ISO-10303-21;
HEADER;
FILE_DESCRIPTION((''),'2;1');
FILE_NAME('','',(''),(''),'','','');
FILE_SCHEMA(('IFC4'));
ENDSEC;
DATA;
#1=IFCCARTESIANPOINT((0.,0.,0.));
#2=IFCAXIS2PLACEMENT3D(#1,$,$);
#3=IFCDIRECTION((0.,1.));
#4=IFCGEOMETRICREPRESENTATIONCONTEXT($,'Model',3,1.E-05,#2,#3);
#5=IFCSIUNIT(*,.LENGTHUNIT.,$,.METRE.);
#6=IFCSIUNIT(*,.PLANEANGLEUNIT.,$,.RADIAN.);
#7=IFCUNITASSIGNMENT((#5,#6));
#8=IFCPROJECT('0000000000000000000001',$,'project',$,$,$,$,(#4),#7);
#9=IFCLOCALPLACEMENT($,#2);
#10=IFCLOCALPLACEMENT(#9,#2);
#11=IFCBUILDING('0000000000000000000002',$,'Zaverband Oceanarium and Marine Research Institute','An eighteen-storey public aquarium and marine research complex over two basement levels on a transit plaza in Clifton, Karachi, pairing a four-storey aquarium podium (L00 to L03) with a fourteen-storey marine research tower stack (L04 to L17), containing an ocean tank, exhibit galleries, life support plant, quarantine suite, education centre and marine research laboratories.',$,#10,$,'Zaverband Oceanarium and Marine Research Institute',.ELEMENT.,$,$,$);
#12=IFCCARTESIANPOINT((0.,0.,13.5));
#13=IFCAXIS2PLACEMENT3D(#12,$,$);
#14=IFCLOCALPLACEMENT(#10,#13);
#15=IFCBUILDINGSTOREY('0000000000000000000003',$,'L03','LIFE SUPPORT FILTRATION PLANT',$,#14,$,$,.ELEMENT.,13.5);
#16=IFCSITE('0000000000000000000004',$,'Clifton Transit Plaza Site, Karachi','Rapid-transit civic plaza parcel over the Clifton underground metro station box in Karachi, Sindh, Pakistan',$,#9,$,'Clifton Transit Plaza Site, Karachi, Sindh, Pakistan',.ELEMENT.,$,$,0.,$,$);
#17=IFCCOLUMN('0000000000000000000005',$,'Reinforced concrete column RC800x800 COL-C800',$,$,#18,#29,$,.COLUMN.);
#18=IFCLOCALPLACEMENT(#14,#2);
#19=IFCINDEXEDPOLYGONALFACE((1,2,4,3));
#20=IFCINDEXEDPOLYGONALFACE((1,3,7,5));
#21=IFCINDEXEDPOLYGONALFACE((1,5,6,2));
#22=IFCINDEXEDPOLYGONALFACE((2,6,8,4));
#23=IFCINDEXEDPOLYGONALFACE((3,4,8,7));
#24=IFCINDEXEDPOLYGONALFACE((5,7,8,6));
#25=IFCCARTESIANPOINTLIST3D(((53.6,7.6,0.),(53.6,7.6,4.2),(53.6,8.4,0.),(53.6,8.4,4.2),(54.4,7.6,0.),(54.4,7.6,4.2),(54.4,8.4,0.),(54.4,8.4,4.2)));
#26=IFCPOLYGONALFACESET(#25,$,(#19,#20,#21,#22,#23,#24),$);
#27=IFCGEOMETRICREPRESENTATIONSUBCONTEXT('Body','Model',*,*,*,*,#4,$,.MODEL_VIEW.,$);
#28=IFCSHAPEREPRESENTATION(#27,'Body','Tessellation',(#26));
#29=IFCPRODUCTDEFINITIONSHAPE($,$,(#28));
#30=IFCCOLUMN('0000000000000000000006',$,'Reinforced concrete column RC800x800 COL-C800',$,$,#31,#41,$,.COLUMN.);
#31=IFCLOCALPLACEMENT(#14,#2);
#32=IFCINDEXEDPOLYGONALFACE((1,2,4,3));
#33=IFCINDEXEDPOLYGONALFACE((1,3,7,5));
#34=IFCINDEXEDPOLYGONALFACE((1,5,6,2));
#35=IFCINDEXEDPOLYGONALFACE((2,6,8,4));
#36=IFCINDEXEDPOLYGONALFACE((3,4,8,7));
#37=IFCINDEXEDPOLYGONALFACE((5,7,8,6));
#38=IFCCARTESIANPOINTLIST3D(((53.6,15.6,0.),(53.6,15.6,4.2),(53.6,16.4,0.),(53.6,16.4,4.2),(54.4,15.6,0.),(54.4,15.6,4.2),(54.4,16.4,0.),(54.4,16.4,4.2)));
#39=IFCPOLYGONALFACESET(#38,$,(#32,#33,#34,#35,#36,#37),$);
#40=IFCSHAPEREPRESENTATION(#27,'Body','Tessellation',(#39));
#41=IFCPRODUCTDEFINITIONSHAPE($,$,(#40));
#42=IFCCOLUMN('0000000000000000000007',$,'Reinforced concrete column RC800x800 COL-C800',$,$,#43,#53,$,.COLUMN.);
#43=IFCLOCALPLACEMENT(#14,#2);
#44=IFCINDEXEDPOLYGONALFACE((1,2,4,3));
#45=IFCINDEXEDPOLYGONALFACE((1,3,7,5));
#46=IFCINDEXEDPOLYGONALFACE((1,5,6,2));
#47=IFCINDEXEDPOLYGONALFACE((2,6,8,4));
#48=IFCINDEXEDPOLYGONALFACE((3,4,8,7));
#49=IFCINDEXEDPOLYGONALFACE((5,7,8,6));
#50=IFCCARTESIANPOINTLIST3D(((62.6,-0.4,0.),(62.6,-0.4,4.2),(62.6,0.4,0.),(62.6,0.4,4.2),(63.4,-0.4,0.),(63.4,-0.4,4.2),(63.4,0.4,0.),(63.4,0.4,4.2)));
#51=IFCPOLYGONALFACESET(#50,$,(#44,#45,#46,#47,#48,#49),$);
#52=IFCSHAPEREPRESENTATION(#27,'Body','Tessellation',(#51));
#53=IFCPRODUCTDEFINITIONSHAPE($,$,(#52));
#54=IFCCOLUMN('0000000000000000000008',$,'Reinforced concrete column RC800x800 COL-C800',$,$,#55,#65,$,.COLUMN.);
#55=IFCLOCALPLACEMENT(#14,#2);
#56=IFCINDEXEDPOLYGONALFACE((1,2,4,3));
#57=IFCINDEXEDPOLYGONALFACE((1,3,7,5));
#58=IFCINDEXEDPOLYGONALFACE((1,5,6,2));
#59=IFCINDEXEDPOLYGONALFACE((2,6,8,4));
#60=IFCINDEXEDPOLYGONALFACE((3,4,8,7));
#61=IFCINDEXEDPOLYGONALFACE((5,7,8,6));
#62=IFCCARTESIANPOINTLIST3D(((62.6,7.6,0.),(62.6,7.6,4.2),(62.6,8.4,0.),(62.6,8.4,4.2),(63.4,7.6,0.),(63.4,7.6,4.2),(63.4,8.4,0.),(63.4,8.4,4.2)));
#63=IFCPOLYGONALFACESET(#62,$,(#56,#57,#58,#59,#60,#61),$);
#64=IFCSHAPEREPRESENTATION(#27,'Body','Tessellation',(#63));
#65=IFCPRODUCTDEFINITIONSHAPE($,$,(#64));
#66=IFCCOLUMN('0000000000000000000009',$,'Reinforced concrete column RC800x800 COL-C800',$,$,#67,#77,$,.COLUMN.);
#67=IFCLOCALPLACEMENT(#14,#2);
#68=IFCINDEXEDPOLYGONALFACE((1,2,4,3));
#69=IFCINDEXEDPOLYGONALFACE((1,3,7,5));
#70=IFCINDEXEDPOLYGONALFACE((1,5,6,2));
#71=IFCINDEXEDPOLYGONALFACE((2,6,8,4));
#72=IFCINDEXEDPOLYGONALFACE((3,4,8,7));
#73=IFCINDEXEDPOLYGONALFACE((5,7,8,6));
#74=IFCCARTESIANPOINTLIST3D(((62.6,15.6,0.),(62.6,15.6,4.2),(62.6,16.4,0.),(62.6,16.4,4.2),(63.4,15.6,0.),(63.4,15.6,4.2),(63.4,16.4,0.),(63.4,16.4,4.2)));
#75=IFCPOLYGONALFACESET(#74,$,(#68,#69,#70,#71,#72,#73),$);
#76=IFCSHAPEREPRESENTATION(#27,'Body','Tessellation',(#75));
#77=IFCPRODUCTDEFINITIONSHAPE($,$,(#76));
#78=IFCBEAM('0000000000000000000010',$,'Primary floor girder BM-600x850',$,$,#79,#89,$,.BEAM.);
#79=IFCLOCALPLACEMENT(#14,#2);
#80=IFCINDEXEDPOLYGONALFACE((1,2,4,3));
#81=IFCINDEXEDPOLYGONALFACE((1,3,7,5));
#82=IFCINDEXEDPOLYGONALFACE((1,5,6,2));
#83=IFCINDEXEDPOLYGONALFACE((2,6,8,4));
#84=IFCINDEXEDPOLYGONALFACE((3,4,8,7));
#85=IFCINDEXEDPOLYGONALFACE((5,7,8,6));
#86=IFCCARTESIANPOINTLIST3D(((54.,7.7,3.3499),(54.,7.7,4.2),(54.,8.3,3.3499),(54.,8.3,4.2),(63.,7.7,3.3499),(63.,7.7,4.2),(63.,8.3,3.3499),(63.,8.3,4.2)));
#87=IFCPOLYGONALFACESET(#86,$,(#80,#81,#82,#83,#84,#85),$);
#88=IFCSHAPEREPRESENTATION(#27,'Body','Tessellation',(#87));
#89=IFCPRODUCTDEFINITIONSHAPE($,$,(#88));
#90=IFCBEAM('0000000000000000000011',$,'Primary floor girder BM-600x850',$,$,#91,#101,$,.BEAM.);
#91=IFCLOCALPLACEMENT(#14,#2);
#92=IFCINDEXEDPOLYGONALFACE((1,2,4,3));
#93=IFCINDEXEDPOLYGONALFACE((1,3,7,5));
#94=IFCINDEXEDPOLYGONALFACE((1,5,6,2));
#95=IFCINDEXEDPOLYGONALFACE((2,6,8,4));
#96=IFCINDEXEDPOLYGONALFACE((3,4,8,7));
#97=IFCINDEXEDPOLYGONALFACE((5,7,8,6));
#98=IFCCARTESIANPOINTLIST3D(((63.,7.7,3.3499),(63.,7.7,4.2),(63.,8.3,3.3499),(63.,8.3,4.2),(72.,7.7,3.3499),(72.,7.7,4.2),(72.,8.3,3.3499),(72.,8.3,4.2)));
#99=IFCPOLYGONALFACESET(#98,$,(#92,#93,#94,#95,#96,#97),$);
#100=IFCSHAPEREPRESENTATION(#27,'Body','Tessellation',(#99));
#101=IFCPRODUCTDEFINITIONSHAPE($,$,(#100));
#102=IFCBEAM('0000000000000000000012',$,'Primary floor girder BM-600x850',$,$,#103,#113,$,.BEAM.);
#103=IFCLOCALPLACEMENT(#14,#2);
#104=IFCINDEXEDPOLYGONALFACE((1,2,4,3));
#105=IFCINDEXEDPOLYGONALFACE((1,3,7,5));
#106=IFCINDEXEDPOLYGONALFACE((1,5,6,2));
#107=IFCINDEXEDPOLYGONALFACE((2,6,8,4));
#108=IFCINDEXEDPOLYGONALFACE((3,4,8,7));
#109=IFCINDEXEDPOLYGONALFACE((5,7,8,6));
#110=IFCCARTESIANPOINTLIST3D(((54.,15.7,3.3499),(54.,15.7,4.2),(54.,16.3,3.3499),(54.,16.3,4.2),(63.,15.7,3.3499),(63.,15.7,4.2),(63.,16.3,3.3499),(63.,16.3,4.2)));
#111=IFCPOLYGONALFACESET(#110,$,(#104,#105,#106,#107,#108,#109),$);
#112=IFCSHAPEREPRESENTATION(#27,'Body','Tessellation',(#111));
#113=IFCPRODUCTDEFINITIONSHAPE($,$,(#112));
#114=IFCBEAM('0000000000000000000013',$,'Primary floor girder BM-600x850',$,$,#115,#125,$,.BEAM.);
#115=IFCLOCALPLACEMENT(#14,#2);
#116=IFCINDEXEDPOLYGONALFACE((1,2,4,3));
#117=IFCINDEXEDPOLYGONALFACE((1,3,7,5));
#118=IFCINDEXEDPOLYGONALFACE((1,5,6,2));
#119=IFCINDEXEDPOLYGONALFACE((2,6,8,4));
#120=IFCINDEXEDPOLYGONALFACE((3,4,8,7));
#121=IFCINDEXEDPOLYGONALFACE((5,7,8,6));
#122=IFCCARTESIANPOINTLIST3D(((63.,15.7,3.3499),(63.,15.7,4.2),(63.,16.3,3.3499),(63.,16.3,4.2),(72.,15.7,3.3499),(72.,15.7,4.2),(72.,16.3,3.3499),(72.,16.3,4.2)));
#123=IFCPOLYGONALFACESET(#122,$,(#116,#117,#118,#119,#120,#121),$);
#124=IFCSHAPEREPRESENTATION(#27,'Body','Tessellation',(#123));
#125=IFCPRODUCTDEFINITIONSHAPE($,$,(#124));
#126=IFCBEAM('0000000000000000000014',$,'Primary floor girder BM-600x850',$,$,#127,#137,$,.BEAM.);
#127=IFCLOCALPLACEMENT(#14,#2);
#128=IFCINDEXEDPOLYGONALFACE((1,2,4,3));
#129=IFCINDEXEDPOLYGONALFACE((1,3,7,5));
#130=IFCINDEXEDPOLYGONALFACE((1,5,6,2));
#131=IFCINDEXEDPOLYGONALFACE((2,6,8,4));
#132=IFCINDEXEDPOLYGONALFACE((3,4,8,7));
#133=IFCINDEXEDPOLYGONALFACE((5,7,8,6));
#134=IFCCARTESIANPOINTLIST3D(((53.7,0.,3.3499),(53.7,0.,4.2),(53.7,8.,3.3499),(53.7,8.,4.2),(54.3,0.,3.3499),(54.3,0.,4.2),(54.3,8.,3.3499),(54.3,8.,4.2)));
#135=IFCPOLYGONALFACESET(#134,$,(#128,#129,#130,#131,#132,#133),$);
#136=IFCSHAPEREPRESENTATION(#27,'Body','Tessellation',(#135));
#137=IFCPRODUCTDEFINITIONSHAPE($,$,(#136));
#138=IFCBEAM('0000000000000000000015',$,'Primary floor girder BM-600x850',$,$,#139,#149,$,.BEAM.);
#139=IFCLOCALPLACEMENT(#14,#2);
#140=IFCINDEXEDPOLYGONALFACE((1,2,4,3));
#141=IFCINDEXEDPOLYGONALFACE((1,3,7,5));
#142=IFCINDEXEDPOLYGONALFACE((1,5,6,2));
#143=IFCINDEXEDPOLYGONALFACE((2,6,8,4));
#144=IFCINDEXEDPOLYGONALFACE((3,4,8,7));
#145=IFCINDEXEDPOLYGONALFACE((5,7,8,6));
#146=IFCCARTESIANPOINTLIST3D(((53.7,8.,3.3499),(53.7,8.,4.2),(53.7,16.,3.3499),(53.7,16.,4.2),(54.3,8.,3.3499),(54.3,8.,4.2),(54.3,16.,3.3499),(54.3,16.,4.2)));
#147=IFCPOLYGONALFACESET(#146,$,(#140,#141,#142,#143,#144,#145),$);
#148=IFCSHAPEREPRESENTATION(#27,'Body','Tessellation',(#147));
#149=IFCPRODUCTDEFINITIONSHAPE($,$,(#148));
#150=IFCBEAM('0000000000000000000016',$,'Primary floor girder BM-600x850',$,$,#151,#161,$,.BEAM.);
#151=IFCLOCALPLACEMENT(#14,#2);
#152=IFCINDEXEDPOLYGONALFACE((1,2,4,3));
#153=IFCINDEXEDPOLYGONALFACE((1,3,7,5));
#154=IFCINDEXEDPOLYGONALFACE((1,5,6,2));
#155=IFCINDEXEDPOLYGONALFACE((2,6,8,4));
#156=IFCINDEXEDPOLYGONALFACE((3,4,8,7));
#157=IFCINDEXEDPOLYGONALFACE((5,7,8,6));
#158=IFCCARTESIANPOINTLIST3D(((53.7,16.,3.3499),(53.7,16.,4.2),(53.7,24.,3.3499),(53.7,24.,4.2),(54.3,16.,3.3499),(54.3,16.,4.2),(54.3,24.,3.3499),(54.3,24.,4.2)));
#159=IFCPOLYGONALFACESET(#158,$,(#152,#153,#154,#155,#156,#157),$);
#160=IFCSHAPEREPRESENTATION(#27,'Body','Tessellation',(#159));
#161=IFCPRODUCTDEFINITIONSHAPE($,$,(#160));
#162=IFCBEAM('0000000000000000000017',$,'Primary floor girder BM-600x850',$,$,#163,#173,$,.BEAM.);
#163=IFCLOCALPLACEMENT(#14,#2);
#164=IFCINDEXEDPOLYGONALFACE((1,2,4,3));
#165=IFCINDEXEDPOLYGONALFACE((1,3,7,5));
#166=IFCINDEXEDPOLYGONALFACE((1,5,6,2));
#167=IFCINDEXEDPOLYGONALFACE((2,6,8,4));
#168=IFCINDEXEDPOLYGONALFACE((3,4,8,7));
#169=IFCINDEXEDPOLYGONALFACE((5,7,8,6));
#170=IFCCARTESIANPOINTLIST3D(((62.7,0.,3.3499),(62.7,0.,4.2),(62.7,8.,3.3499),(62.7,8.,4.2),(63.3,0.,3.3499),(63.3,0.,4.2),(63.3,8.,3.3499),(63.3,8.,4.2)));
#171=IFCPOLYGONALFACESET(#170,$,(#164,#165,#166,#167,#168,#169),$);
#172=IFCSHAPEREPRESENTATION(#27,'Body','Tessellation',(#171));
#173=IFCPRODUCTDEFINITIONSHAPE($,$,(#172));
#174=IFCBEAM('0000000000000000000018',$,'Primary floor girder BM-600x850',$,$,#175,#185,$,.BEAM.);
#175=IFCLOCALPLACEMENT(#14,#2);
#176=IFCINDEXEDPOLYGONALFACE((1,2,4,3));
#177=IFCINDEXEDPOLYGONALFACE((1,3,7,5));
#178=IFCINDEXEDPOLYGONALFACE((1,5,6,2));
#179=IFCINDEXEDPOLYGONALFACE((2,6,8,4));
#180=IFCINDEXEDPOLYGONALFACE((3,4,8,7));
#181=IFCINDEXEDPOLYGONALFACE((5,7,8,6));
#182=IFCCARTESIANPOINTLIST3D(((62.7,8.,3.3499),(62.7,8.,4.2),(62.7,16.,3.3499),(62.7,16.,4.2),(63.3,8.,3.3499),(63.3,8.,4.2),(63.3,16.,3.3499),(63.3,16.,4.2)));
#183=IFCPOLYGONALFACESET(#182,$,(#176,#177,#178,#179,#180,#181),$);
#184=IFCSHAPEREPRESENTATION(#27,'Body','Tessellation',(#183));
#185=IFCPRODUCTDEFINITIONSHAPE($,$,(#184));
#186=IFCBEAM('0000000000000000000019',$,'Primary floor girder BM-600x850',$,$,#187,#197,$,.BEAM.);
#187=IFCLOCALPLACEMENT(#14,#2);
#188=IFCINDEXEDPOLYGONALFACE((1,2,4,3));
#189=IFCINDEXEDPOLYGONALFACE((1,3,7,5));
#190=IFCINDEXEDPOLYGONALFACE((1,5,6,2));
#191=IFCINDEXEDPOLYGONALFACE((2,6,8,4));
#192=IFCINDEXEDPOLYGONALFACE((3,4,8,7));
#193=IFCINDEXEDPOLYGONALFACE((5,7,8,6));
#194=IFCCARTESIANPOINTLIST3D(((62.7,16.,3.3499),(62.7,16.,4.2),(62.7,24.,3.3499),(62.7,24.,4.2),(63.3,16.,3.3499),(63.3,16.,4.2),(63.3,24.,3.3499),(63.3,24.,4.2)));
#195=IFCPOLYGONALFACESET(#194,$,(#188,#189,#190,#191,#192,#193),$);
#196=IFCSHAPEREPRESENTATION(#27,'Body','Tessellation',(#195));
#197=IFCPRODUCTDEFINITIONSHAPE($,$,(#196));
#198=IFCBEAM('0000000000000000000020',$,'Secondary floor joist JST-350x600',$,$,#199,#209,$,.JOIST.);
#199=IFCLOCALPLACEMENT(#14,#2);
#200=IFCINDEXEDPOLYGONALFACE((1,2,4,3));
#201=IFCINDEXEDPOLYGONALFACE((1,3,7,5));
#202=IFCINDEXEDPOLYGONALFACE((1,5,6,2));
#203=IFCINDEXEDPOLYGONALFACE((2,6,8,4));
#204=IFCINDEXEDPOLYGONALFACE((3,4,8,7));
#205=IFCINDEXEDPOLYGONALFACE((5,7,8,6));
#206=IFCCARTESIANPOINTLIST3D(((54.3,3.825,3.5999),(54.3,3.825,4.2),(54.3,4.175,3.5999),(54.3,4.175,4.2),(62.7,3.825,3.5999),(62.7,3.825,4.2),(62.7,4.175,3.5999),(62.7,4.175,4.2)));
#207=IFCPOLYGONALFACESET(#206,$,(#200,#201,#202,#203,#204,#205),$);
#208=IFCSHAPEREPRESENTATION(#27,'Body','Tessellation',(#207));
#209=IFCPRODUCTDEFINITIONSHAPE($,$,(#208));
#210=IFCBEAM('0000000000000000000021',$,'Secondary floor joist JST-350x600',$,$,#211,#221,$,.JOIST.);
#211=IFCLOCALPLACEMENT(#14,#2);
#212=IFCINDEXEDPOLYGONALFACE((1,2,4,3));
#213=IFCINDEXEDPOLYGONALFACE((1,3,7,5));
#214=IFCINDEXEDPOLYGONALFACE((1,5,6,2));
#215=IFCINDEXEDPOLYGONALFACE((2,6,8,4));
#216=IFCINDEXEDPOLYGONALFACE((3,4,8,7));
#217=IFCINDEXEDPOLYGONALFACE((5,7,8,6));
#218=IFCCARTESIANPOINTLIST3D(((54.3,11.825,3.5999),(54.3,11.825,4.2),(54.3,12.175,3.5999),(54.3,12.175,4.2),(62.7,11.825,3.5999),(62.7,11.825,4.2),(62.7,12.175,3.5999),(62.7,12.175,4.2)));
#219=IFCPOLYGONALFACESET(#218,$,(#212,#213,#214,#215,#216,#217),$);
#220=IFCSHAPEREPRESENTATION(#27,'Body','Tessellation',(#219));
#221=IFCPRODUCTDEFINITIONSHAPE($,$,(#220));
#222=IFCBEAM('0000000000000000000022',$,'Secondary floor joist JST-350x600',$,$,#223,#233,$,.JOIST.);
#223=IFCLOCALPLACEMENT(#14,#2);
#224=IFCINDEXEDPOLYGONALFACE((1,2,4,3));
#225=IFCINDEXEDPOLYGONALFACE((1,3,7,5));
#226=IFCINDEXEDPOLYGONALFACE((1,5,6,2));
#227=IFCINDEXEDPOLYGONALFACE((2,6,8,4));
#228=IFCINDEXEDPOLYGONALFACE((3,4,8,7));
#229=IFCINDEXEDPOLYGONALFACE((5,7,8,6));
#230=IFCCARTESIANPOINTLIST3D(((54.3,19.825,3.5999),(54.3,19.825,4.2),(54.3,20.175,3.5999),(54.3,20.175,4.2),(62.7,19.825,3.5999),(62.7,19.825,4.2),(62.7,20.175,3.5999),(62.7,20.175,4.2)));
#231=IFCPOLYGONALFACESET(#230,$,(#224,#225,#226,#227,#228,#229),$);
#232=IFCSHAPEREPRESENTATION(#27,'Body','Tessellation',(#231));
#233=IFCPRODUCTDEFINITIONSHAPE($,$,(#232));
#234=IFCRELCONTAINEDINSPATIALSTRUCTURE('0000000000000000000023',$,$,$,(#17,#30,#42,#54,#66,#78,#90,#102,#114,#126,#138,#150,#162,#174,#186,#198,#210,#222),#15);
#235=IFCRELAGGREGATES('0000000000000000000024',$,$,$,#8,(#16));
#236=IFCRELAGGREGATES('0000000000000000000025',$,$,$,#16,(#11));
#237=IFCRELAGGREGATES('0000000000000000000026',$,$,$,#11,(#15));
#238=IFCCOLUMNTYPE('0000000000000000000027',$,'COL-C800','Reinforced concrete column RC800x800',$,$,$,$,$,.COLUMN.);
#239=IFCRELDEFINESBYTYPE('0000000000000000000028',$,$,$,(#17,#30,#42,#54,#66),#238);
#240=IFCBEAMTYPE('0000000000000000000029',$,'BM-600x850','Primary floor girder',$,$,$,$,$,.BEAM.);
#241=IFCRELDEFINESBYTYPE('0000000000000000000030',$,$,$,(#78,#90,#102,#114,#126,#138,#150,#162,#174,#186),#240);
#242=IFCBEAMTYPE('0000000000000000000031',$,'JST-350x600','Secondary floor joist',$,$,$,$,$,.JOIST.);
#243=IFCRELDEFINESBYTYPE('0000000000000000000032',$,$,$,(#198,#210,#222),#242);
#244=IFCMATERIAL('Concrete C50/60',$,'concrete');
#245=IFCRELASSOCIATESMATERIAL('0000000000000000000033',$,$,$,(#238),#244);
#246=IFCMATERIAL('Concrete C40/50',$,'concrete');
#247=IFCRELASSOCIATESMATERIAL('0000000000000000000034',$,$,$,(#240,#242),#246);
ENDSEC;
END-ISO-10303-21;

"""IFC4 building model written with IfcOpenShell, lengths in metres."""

from ifc_helpers import new_model, si_unit, direction, frame, origin, origin_2d, place, context, subcontext, project, spatial, rectangle, extrude, material, material_profile, profile_set, type_object, element, save


model = new_model("IFC4")

# Units and contexts
model_context = context("Model", 3, precision=1e-05, world=origin(), true_north=direction((0.0, 1.0)))
body_context = subcontext(model_context, "Body", "Model", "MODEL_VIEW")
ifc_project = project(units=[si_unit("LENGTHUNIT", "METRE"), si_unit("PLANEANGLEUNIT", "RADIAN")], contexts=[model_context])

# Site, building, storey
site_placement = place(None, origin())
site = spatial("IfcSite", under=ifc_project, at=site_placement, Name="Clifton Transit Plaza Site, Karachi", Description="Rapid-transit civic plaza parcel over the Clifton underground metro station box in Karachi, Sindh, Pakistan", LongName="Clifton Transit Plaza Site, Karachi, Sindh, Pakistan", CompositionType="ELEMENT", RefElevation=0.0)
building_placement = place(site_placement, origin())
building = spatial("IfcBuilding", under=site, at=building_placement, Name="Zaverband Oceanarium and Marine Research Institute", Description="An eighteen-storey public aquarium and marine research complex over two basement levels on a transit plaza in Clifton, Karachi, pairing a four-storey aquarium podium (L00 to L03) with a fourteen-storey marine research tower stack (L04 to L17), containing an ocean tank, exhibit galleries, life support plant, quarantine suite, education centre and marine research laboratories.", LongName="Zaverband Oceanarium and Marine Research Institute", CompositionType="ELEMENT")
storey_placement = place(building_placement, frame((0.0, 0.0, 13.5)))
storey = spatial("IfcBuildingStorey", under=building, at=storey_placement, Name="L03", Description="LIFE SUPPORT FILTRATION PLANT", CompositionType="ELEMENT", Elevation=13.5)

# Columns
ifc_material_1 = material(Name="Concrete C50/60", Category="concrete")
ifc_material_profile_1 = material_profile(ifc_material_1, rectangle(XDim=0.8, YDim=0.8, at=origin_2d()), Name="RC800x800")
ifc_profile_set_1 = profile_set([ifc_material_profile_1], Name="Concrete C50/60")
column_type = type_object("IfcColumnType", Name="COL-C800", Description="Reinforced concrete column RC800x800", PredefinedType="COLUMN", material=ifc_profile_set_1)
for number, where, z_axis, x_axis, name in (
    (1, (54.0, 8.0, 0.0), (0.0, 0.0, 1.0), (1.0, 0.0, 0.0), "Reinforced concrete column RC800x800 COL-C800"),
    (2, (54.0, 16.0, 0.0), (0.0, 0.0, 1.0), (1.0, 0.0, 0.0), "Reinforced concrete column RC800x800 COL-C800"),
    (3, (63.0, 0.0, 0.0), (0.0, 0.0, 1.0), (1.0, 0.0, 0.0), "Reinforced concrete column RC800x800 COL-C800"),
    (4, (63.0, 8.0, 0.0), (0.0, 0.0, 1.0), (1.0, 0.0, 0.0), "Reinforced concrete column RC800x800 COL-C800"),
    (5, (63.0, 16.0, 0.0), (0.0, 0.0, 1.0), (1.0, 0.0, 0.0), "Reinforced concrete column RC800x800 COL-C800"),
):
    element("IfcColumn", number, at=place(storey_placement, frame(where, z_axis=z_axis, x_axis=x_axis)), inside=storey, type_object=column_type, Name=name, PredefinedType="COLUMN", context=body_context, shape_type="SweptSolid", body=[
        extrude(rectangle(XDim=0.8, YDim=0.8, at=origin_2d()), origin(), (0.0, 0.0, 1.0), 4.2),
    ])

# Beams
ifc_material_2 = material(Name="Concrete C40/50", Category="concrete")
ifc_material_profile_2 = material_profile(ifc_material_2, rectangle(XDim=0.6001, YDim=0.8501, at=origin_2d()), Name="RC600x850")
ifc_profile_set_2 = profile_set([ifc_material_profile_2], Name="Concrete C40/50")
beam_type_1 = type_object("IfcBeamType", Name="BM-600x850", Description="Primary floor girder", PredefinedType="BEAM", material=ifc_profile_set_2)
for number, where, z_axis, x_axis, name in (
    (6, (54.0, 8.0, 3.7749), (1.0, 0.0, 0.0), (0.0, 1.0, 0.0), "Primary floor girder BM-600x850"),
    (7, (63.0, 8.0, 3.7749), (1.0, 0.0, 0.0), (0.0, 1.0, 0.0), "Primary floor girder BM-600x850"),
    (8, (54.0, 16.0, 3.7749), (1.0, 0.0, 0.0), (0.0, 1.0, 0.0), "Primary floor girder BM-600x850"),
    (9, (63.0, 16.0, 3.7749), (1.0, 0.0, 0.0), (0.0, 1.0, 0.0), "Primary floor girder BM-600x850"),
):
    element("IfcBeam", number, at=place(storey_placement, frame(where, z_axis=z_axis, x_axis=x_axis)), inside=storey, type_object=beam_type_1, Name=name, PredefinedType="BEAM", context=body_context, shape_type="SweptSolid", body=[
        extrude(rectangle(XDim=0.6001, YDim=0.8501, at=origin_2d()), origin(), (0.0, 0.0, 1.0), 9.0),
    ])
for number, where, z_axis, x_axis, name in (
    (10, (54.0, 0.0, 3.7749), (0.0, 1.0, 0.0), (-1.0, 0.0, 0.0), "Primary floor girder BM-600x850"),
    (11, (54.0, 8.0, 3.7749), (0.0, 1.0, 0.0), (-1.0, 0.0, 0.0), "Primary floor girder BM-600x850"),
    (12, (54.0, 16.0, 3.7749), (0.0, 1.0, 0.0), (-1.0, 0.0, 0.0), "Primary floor girder BM-600x850"),
    (13, (63.0, 0.0, 3.7749), (0.0, 1.0, 0.0), (-1.0, 0.0, 0.0), "Primary floor girder BM-600x850"),
    (14, (63.0, 8.0, 3.7749), (0.0, 1.0, 0.0), (-1.0, 0.0, 0.0), "Primary floor girder BM-600x850"),
    (15, (63.0, 16.0, 3.7749), (0.0, 1.0, 0.0), (-1.0, 0.0, 0.0), "Primary floor girder BM-600x850"),
):
    element("IfcBeam", number, at=place(storey_placement, frame(where, z_axis=z_axis, x_axis=x_axis)), inside=storey, type_object=beam_type_1, Name=name, PredefinedType="BEAM", context=body_context, shape_type="SweptSolid", body=[
        extrude(rectangle(XDim=0.6001, YDim=0.8501, at=origin_2d()), origin(), (0.0, 0.0, 1.0), 8.0),
    ])
ifc_material_profile_3 = material_profile(ifc_material_2, rectangle(XDim=0.3501, YDim=0.6001, at=origin_2d()), Name="RC350x600")
ifc_profile_set_3 = profile_set([ifc_material_profile_3], Name="Concrete C40/50")
beam_type_2 = type_object("IfcBeamType", Name="JST-350x600", Description="Secondary floor joist", PredefinedType="JOIST", material=ifc_profile_set_3)
for number, where, z_axis, x_axis, name in (
    (16, (54.3, 4.0, 3.8999), (1.0, 0.0, 0.0), (0.0, 1.0, 0.0), "Secondary floor joist JST-350x600"),
    (17, (54.3, 12.0, 3.8999), (1.0, 0.0, 0.0), (0.0, 1.0, 0.0), "Secondary floor joist JST-350x600"),
    (18, (54.3, 20.0, 3.8999), (1.0, 0.0, 0.0), (0.0, 1.0, 0.0), "Secondary floor joist JST-350x600"),
):
    element("IfcBeam", number, at=place(storey_placement, frame(where, z_axis=z_axis, x_axis=x_axis)), inside=storey, type_object=beam_type_2, Name=name, PredefinedType="JOIST", context=body_context, shape_type="SweptSolid", body=[
        extrude(rectangle(XDim=0.3501, YDim=0.6001, at=origin_2d()), origin(), (0.0, 0.0, 1.0), 8.3999),
    ])

save(model, "model.ifc")
